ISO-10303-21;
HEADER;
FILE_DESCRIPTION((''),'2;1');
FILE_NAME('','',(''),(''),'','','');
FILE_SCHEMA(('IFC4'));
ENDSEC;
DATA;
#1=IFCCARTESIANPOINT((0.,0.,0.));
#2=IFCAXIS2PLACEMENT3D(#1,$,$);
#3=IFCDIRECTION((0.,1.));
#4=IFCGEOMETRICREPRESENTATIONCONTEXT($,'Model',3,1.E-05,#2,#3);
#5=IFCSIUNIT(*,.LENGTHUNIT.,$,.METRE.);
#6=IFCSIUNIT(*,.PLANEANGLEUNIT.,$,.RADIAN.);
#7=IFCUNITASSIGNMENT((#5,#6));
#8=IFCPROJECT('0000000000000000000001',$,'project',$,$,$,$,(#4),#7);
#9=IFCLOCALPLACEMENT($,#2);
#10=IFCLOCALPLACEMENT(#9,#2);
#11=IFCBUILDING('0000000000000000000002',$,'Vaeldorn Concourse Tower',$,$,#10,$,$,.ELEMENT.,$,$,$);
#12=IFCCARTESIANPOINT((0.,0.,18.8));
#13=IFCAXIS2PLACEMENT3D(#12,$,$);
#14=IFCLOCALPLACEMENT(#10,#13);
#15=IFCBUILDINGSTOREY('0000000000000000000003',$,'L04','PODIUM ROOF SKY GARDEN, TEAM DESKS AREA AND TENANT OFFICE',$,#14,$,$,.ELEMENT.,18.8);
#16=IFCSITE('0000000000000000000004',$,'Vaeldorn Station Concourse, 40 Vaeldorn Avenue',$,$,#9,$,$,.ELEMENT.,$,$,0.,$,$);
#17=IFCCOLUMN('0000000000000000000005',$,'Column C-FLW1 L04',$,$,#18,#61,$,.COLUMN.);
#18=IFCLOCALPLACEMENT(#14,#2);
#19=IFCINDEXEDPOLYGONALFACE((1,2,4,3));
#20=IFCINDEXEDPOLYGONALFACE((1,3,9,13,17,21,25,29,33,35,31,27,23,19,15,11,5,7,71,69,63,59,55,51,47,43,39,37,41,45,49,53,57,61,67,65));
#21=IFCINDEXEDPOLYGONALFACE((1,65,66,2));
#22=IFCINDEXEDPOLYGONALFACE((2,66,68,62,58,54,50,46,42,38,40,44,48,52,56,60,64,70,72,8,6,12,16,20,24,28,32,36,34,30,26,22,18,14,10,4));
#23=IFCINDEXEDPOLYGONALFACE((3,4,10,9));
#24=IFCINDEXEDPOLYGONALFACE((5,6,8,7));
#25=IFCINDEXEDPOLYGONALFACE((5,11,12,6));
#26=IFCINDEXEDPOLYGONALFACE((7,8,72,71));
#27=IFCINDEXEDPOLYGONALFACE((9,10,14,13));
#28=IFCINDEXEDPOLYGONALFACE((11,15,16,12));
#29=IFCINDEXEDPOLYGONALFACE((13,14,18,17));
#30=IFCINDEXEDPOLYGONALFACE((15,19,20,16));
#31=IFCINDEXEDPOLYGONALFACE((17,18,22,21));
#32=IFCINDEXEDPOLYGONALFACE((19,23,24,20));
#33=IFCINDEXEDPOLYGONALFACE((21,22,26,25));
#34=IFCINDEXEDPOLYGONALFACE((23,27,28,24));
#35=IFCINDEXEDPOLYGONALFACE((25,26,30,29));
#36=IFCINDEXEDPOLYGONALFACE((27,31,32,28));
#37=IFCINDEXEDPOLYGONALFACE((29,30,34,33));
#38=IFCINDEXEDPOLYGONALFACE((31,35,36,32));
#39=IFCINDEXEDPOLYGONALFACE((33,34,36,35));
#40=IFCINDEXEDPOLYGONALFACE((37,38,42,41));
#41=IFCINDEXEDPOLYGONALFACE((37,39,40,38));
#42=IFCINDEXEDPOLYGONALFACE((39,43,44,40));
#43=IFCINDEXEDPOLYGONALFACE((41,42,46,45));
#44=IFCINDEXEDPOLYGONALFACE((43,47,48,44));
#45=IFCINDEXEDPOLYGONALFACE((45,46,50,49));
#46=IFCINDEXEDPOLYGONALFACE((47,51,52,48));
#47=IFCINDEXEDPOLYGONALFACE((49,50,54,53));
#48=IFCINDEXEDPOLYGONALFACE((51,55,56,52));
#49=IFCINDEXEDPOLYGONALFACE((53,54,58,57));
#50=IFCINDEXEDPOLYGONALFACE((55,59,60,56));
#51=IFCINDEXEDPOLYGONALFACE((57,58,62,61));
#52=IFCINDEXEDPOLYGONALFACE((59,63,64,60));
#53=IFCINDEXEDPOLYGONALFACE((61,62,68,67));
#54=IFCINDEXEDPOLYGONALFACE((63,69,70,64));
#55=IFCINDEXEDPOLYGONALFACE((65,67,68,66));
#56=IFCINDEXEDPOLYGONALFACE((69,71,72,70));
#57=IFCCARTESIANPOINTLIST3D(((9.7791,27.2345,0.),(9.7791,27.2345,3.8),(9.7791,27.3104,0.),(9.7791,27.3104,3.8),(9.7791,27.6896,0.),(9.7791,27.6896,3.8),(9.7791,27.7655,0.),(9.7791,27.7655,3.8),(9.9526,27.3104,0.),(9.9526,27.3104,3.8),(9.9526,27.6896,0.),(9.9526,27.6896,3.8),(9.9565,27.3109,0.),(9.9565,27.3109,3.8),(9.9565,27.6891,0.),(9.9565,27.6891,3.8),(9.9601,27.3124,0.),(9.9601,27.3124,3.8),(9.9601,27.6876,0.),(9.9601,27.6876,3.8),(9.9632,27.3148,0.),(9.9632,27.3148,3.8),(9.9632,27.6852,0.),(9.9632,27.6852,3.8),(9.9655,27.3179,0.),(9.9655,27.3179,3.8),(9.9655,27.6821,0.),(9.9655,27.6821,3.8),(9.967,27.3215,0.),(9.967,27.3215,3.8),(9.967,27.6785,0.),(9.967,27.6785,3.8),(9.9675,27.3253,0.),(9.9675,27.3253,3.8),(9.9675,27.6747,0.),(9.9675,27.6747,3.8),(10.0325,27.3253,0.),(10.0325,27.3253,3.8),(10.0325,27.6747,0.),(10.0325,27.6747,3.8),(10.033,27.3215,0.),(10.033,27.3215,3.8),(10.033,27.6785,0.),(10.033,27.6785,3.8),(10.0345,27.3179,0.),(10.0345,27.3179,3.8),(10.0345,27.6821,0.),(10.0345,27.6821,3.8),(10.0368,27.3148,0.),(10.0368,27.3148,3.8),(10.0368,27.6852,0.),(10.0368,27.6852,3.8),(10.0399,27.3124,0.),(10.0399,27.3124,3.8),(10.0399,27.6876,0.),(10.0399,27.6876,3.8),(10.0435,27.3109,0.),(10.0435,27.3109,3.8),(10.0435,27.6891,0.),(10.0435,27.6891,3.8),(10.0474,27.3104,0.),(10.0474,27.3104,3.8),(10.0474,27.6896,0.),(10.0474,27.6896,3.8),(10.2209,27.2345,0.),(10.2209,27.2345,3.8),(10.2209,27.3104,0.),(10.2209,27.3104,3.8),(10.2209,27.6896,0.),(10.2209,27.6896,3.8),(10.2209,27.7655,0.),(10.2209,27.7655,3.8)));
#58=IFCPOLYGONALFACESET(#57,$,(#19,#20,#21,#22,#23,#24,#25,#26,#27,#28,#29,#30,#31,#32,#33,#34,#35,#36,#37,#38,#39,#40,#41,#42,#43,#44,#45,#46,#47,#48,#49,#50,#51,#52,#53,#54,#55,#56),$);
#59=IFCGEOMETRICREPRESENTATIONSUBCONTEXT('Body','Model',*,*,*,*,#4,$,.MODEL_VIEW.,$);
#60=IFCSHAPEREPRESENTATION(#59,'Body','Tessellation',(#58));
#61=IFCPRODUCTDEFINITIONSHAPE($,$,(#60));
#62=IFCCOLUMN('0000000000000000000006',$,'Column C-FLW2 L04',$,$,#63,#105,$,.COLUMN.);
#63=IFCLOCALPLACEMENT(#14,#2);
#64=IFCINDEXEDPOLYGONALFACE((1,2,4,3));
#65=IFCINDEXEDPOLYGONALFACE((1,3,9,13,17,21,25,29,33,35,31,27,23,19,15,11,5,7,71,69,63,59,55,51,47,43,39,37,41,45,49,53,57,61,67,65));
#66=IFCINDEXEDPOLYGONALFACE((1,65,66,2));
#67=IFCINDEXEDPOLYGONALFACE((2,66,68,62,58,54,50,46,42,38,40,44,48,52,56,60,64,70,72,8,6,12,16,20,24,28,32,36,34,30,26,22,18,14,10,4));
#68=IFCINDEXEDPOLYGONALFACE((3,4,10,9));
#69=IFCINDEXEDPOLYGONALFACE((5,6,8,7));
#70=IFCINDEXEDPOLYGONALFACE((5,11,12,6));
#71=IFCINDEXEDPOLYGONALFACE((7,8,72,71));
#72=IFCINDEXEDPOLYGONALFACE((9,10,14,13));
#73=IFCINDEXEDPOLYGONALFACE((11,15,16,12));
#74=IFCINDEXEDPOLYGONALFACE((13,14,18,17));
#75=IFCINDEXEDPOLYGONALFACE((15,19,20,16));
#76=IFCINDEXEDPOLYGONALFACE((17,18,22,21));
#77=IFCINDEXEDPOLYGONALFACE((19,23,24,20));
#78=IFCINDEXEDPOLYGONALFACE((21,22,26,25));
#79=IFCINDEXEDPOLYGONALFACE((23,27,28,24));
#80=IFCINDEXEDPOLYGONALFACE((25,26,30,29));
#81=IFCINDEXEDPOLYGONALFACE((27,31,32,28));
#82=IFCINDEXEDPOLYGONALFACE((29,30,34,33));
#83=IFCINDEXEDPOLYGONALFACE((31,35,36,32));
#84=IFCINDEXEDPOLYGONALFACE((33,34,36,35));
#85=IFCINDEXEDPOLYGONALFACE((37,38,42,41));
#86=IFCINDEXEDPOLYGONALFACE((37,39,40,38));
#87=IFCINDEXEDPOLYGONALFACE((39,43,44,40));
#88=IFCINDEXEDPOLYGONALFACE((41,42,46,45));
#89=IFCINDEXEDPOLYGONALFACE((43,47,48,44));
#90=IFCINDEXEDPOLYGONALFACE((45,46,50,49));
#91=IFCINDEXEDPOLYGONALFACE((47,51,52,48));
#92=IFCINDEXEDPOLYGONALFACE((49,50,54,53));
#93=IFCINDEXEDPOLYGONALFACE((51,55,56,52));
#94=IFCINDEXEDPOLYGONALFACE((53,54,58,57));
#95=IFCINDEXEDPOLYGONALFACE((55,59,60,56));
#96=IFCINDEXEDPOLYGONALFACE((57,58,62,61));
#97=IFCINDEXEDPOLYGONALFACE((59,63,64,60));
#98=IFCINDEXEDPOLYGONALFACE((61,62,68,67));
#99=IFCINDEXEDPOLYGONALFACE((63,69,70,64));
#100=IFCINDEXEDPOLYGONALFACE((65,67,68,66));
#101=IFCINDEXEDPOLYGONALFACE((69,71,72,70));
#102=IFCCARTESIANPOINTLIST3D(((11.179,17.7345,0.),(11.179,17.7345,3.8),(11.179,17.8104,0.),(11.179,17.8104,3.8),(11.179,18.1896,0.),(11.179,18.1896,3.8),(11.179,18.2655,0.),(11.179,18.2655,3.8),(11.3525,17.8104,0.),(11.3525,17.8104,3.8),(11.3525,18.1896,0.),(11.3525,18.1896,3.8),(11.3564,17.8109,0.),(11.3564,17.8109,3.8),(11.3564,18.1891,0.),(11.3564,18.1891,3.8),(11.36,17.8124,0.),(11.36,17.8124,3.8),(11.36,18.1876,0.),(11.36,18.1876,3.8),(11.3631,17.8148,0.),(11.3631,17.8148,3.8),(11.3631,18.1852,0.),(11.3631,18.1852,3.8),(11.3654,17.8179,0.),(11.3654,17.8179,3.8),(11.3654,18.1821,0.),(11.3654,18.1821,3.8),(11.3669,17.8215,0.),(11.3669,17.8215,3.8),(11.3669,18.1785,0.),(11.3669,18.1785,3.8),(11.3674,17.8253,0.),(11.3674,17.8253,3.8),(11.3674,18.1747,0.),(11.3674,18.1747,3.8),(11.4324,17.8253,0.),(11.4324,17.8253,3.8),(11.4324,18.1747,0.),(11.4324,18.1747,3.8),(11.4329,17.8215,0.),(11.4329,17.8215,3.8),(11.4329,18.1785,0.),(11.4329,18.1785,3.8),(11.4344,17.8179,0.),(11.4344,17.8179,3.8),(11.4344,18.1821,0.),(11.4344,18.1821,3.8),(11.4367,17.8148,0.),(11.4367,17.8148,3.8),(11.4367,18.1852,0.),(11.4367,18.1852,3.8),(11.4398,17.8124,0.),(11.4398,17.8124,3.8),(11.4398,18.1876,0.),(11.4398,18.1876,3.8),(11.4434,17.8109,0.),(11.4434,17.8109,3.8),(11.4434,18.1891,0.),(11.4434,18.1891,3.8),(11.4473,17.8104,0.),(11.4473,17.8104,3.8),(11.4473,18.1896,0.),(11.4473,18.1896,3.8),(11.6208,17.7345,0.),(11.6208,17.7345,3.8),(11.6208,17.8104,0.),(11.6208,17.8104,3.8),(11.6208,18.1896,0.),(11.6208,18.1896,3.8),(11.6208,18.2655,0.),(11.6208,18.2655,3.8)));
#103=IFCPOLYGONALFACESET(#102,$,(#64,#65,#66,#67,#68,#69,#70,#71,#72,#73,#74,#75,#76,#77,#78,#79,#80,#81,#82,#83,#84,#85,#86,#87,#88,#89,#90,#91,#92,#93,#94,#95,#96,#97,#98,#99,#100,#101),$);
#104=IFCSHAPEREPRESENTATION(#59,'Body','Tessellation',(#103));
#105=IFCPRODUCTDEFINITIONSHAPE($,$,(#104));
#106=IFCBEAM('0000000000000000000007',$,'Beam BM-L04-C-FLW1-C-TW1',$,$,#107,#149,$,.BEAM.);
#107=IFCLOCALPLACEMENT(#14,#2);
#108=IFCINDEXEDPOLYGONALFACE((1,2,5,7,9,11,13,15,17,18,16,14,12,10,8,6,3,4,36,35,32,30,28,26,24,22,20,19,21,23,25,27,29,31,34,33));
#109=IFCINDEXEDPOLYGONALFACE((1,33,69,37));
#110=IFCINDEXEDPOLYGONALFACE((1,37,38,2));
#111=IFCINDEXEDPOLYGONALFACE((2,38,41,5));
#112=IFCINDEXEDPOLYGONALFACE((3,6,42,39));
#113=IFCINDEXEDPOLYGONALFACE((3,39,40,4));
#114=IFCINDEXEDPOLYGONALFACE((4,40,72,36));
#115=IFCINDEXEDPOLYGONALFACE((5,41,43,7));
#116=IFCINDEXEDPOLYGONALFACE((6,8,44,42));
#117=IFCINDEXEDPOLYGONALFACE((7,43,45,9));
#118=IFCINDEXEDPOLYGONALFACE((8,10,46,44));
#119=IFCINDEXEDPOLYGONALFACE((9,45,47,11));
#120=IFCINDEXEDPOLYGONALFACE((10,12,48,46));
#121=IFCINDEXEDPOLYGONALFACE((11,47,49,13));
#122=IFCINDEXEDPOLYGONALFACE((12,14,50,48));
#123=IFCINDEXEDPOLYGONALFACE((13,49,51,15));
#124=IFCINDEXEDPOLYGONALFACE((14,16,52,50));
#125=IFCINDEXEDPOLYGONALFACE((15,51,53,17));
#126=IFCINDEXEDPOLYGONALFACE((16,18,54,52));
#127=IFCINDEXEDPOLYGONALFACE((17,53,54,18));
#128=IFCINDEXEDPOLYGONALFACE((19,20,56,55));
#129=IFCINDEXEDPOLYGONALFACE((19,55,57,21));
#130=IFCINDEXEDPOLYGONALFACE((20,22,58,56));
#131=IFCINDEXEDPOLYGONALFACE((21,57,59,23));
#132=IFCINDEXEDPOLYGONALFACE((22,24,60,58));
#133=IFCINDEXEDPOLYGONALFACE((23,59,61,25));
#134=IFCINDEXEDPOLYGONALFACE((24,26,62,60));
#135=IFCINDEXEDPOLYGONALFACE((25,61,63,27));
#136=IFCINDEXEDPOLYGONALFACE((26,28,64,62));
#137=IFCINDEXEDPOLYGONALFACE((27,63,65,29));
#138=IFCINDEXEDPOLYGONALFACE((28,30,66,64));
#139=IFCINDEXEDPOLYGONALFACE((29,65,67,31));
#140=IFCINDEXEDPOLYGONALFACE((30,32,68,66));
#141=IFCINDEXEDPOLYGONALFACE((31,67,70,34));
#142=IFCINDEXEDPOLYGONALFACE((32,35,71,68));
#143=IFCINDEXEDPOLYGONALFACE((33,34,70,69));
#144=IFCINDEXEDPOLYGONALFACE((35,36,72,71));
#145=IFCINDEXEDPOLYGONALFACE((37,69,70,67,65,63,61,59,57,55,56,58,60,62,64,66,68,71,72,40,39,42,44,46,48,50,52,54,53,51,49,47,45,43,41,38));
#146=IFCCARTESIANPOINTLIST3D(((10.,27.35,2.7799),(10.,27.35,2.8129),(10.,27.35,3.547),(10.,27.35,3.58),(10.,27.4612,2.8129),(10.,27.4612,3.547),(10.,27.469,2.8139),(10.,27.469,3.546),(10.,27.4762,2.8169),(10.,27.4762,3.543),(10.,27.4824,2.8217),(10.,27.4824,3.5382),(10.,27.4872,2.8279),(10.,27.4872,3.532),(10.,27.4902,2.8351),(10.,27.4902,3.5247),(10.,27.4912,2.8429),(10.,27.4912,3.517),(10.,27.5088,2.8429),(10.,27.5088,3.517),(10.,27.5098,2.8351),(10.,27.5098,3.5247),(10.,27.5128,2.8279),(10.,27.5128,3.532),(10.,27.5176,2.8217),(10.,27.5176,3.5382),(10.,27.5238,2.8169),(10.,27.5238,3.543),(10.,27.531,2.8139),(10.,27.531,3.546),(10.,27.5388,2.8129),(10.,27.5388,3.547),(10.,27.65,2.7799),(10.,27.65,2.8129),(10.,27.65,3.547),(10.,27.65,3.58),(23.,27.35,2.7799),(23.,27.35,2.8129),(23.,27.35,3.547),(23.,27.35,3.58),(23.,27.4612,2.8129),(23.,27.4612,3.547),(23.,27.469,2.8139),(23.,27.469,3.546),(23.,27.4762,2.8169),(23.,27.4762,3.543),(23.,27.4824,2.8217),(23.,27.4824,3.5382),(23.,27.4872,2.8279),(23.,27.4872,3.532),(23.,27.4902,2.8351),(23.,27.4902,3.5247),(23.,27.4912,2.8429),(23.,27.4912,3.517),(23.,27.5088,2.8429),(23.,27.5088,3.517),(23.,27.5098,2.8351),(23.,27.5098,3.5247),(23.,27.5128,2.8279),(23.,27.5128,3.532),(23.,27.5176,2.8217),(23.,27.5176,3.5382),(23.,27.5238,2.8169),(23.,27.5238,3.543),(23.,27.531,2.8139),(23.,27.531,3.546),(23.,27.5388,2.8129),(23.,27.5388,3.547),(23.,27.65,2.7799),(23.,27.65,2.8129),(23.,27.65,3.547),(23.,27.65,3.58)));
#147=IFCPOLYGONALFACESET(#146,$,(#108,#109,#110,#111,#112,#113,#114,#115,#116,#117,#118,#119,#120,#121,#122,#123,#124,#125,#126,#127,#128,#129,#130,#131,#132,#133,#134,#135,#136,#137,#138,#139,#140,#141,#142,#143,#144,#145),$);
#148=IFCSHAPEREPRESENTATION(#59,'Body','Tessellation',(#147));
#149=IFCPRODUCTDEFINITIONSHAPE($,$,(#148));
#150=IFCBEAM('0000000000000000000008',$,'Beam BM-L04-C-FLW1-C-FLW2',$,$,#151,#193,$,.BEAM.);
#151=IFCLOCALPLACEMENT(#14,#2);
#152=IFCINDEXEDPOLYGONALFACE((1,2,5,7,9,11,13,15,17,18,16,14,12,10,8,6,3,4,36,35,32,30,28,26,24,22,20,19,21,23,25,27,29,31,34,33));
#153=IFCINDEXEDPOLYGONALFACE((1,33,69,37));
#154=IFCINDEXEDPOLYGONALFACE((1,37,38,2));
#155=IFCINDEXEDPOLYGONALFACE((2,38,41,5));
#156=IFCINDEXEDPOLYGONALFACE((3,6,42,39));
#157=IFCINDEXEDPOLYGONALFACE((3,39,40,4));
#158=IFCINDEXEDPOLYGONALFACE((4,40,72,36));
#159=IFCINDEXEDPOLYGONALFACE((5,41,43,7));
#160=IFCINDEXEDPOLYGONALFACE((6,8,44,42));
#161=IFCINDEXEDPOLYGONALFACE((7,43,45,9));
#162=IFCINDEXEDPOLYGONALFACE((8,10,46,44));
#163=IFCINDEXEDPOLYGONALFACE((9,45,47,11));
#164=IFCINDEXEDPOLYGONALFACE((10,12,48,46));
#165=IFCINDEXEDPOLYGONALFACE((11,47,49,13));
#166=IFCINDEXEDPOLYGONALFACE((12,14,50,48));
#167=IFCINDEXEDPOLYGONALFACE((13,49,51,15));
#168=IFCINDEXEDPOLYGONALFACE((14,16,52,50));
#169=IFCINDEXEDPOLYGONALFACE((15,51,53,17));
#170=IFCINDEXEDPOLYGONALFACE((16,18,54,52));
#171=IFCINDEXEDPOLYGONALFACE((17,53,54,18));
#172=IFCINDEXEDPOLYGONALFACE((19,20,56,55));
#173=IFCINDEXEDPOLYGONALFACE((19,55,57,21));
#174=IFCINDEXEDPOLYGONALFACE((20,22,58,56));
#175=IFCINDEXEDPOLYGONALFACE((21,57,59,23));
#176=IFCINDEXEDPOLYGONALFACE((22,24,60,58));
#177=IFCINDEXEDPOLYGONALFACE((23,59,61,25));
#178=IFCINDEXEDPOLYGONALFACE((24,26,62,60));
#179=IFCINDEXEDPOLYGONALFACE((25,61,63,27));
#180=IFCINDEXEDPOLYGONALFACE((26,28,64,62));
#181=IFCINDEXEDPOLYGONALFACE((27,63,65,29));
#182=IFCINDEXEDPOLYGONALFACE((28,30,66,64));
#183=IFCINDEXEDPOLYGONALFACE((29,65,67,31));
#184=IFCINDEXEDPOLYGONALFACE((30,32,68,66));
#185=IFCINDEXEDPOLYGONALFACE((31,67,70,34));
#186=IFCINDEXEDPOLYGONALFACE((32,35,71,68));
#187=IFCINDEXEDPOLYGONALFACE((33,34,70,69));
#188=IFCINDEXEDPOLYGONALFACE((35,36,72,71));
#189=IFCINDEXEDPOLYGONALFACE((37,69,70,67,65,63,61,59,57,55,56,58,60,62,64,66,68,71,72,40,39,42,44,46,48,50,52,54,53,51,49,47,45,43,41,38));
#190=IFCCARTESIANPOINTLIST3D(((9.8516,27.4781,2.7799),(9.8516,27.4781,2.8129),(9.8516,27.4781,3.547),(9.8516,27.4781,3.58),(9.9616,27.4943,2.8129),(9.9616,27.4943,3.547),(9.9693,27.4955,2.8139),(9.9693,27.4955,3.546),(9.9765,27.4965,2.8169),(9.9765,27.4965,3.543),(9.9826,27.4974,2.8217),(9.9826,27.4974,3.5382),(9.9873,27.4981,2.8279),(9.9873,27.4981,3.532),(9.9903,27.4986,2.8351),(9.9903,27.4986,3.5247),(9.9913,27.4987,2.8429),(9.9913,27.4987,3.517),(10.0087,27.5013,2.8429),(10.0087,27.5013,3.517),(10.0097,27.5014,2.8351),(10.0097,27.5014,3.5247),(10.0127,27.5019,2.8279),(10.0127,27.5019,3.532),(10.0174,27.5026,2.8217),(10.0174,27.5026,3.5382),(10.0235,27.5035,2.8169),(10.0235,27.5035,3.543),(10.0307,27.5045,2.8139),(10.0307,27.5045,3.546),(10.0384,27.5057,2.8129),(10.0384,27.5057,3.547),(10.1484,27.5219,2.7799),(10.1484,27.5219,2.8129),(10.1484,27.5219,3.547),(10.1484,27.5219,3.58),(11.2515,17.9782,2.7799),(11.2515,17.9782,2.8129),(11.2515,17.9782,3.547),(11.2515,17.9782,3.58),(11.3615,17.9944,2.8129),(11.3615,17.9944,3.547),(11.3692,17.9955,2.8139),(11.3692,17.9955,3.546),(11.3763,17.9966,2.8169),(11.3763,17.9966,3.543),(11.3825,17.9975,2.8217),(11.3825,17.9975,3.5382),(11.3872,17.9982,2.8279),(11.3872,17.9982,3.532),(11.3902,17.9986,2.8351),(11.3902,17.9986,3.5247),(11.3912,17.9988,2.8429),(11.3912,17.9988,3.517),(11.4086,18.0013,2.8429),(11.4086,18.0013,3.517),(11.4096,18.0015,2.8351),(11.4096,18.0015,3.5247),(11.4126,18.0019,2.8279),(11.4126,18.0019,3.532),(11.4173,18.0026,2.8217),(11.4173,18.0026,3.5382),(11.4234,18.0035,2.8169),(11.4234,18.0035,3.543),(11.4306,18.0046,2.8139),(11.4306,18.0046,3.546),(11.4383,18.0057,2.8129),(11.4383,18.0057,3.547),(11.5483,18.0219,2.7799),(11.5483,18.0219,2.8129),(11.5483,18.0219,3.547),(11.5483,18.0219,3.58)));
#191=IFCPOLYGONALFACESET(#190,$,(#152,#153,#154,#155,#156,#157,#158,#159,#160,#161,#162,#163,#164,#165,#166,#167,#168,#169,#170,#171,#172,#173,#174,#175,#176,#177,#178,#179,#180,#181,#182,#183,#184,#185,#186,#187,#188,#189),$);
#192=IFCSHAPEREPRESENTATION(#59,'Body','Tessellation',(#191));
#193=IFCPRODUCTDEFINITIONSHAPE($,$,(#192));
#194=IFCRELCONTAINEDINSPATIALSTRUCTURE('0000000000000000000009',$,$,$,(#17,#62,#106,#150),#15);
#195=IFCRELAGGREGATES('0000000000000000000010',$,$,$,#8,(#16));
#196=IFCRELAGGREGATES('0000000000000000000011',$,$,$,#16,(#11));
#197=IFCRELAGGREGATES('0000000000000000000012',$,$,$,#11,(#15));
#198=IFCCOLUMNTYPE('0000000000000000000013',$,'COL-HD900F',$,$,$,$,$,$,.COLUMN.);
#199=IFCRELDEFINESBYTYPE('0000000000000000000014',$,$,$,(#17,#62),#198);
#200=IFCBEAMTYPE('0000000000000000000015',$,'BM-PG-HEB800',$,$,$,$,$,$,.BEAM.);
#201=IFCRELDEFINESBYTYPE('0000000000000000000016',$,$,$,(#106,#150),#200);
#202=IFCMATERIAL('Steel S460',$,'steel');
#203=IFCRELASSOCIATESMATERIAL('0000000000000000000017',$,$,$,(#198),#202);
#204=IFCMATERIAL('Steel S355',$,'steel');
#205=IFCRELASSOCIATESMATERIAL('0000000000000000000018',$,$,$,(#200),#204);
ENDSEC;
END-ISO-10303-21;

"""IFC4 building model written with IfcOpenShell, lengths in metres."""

from ifc_helpers import new_model, si_unit, direction, frame, origin, origin_2d, place, context, subcontext, project, spatial, i_section, extrude, source, transform, mapped, material, material_profile, profile_set, type_object, element, save


model = new_model("IFC4")

# Units and contexts
model_context = context("Model", 3, precision=1e-05, world=origin(), true_north=direction((0.0, 1.0)))
body_context = subcontext(model_context, "Body", "Model", "MODEL_VIEW")
ifc_project = project(units=[si_unit("LENGTHUNIT", "METRE"), si_unit("PLANEANGLEUNIT", "RADIAN")], contexts=[model_context])

# Site, building, storey
site_placement = place(None, origin())
site = spatial("IfcSite", under=ifc_project, at=site_placement, Name="Vaeldorn Station Concourse, 40 Vaeldorn Avenue", CompositionType="ELEMENT", RefElevation=0.0)
building_placement = place(site_placement, origin())
building = spatial("IfcBuilding", under=site, at=building_placement, Name="Vaeldorn Concourse Tower", CompositionType="ELEMENT")
storey_placement = place(building_placement, frame((0.0, 0.0, 18.8)))
storey = spatial("IfcBuildingStorey", under=building, at=storey_placement, Name="L04", Description="PODIUM ROOF SKY GARDEN, TEAM DESKS AREA AND TENANT OFFICE", CompositionType="ELEMENT", Elevation=18.8)

# Columns
ifc_material_1 = material(Name="Steel S460", Category="steel")
ifc_material_profile_1 = material_profile(ifc_material_1, i_section(OverallWidth=0.4419, OverallDepth=0.531, WebThickness=0.0649, FlangeThickness=0.0759, FilletRadius=0.0149, at=origin_2d()), Name="HD 400x900")
ifc_profile_set_1 = profile_set([ifc_material_profile_1], Name="Steel S460")
column_type = type_object("IfcColumnType", Name="COL-HD900F", PredefinedType="COLUMN", material=ifc_profile_set_1)
shared_shape_1 = source(origin(), body_context, "Body", "SweptSolid", [
    extrude(i_section(OverallWidth=0.4419, OverallDepth=0.531, WebThickness=0.0649, FlangeThickness=0.0759, FilletRadius=0.0149, at=origin_2d()), origin(), (0.0, 0.0, 1.0), 3.8),
])
for number, where, z_axis, x_axis, name in (
    (1, (10.0, 27.5, 0.0), (0.0, 0.0, 1.0), (1.0, 0.0, 0.0), "Column C-FLW1 L04"),
    (2, (11.3999, 18.0, 0.0), (0.0, 0.0, 1.0), (1.0, 0.0, 0.0), "Column C-FLW2 L04"),
):
    element("IfcColumn", number, at=place(storey_placement, frame(where, z_axis=z_axis, x_axis=x_axis)), inside=storey, type_object=column_type, Name=name, PredefinedType="COLUMN", context=body_context, shape_type="MappedRepresentation", body=[
        mapped(shared_shape_1, transform((0.0, 0.0, 0.0), scale=1.0)),
    ])

# Beams
ifc_material_2 = material(Name="Steel S355", Category="steel")
ifc_material_profile_2 = material_profile(ifc_material_2, i_section(OverallWidth=0.3, OverallDepth=0.8, WebThickness=0.0176, FlangeThickness=0.033, FilletRadius=0.03, at=origin_2d()), Name="HEB 800")
ifc_profile_set_2 = profile_set([ifc_material_profile_2], Name="Steel S355")
beam_type_1 = type_object("IfcBeamType", Name="BM-PG-HEB800", PredefinedType="BEAM", material=ifc_profile_set_2)
shared_shape_2 = source(origin(), body_context, "Body", "SweptSolid", [
    extrude(i_section(OverallWidth=0.3, OverallDepth=0.8, WebThickness=0.0176, FlangeThickness=0.033, FilletRadius=0.03, at=origin_2d()), origin(), (0.0, 0.0, 1.0), 13.0),
])
beam_1_placement = place(storey_placement, frame((10.0, 27.5, 3.1799), z_axis=(1.0, 0.0, 0.0), x_axis=(0.0, 1.0, 0.0)))
element("IfcBeam", 3, at=beam_1_placement, inside=storey, type_object=beam_type_1, Name="Beam BM-L04-C-FLW1-C-TW1", PredefinedType="BEAM", context=body_context, shape_type="MappedRepresentation", body=[
    mapped(shared_shape_2, transform((0.0, 0.0, 0.0), scale=1.0)),
])
shared_shape_3 = source(origin(), body_context, "Body", "SweptSolid", [
    extrude(i_section(OverallWidth=0.3, OverallDepth=0.8, WebThickness=0.0176, FlangeThickness=0.033, FilletRadius=0.03, at=origin_2d()), origin(), (0.0, 0.0, 1.0), 9.6025),
])
beam_2_placement = place(storey_placement, frame((10.0, 27.5, 3.1799), z_axis=(0.145784, -0.989316, 0.0), x_axis=(0.989316, 0.145784, 0.0)))
element("IfcBeam", 4, at=beam_2_placement, inside=storey, type_object=beam_type_1, Name="Beam BM-L04-C-FLW1-C-FLW2", PredefinedType="BEAM", context=body_context, shape_type="MappedRepresentation", body=[
    mapped(shared_shape_3, transform((0.0, 0.0, 0.0), scale=1.0)),
])

save(model, "model.ifc")
